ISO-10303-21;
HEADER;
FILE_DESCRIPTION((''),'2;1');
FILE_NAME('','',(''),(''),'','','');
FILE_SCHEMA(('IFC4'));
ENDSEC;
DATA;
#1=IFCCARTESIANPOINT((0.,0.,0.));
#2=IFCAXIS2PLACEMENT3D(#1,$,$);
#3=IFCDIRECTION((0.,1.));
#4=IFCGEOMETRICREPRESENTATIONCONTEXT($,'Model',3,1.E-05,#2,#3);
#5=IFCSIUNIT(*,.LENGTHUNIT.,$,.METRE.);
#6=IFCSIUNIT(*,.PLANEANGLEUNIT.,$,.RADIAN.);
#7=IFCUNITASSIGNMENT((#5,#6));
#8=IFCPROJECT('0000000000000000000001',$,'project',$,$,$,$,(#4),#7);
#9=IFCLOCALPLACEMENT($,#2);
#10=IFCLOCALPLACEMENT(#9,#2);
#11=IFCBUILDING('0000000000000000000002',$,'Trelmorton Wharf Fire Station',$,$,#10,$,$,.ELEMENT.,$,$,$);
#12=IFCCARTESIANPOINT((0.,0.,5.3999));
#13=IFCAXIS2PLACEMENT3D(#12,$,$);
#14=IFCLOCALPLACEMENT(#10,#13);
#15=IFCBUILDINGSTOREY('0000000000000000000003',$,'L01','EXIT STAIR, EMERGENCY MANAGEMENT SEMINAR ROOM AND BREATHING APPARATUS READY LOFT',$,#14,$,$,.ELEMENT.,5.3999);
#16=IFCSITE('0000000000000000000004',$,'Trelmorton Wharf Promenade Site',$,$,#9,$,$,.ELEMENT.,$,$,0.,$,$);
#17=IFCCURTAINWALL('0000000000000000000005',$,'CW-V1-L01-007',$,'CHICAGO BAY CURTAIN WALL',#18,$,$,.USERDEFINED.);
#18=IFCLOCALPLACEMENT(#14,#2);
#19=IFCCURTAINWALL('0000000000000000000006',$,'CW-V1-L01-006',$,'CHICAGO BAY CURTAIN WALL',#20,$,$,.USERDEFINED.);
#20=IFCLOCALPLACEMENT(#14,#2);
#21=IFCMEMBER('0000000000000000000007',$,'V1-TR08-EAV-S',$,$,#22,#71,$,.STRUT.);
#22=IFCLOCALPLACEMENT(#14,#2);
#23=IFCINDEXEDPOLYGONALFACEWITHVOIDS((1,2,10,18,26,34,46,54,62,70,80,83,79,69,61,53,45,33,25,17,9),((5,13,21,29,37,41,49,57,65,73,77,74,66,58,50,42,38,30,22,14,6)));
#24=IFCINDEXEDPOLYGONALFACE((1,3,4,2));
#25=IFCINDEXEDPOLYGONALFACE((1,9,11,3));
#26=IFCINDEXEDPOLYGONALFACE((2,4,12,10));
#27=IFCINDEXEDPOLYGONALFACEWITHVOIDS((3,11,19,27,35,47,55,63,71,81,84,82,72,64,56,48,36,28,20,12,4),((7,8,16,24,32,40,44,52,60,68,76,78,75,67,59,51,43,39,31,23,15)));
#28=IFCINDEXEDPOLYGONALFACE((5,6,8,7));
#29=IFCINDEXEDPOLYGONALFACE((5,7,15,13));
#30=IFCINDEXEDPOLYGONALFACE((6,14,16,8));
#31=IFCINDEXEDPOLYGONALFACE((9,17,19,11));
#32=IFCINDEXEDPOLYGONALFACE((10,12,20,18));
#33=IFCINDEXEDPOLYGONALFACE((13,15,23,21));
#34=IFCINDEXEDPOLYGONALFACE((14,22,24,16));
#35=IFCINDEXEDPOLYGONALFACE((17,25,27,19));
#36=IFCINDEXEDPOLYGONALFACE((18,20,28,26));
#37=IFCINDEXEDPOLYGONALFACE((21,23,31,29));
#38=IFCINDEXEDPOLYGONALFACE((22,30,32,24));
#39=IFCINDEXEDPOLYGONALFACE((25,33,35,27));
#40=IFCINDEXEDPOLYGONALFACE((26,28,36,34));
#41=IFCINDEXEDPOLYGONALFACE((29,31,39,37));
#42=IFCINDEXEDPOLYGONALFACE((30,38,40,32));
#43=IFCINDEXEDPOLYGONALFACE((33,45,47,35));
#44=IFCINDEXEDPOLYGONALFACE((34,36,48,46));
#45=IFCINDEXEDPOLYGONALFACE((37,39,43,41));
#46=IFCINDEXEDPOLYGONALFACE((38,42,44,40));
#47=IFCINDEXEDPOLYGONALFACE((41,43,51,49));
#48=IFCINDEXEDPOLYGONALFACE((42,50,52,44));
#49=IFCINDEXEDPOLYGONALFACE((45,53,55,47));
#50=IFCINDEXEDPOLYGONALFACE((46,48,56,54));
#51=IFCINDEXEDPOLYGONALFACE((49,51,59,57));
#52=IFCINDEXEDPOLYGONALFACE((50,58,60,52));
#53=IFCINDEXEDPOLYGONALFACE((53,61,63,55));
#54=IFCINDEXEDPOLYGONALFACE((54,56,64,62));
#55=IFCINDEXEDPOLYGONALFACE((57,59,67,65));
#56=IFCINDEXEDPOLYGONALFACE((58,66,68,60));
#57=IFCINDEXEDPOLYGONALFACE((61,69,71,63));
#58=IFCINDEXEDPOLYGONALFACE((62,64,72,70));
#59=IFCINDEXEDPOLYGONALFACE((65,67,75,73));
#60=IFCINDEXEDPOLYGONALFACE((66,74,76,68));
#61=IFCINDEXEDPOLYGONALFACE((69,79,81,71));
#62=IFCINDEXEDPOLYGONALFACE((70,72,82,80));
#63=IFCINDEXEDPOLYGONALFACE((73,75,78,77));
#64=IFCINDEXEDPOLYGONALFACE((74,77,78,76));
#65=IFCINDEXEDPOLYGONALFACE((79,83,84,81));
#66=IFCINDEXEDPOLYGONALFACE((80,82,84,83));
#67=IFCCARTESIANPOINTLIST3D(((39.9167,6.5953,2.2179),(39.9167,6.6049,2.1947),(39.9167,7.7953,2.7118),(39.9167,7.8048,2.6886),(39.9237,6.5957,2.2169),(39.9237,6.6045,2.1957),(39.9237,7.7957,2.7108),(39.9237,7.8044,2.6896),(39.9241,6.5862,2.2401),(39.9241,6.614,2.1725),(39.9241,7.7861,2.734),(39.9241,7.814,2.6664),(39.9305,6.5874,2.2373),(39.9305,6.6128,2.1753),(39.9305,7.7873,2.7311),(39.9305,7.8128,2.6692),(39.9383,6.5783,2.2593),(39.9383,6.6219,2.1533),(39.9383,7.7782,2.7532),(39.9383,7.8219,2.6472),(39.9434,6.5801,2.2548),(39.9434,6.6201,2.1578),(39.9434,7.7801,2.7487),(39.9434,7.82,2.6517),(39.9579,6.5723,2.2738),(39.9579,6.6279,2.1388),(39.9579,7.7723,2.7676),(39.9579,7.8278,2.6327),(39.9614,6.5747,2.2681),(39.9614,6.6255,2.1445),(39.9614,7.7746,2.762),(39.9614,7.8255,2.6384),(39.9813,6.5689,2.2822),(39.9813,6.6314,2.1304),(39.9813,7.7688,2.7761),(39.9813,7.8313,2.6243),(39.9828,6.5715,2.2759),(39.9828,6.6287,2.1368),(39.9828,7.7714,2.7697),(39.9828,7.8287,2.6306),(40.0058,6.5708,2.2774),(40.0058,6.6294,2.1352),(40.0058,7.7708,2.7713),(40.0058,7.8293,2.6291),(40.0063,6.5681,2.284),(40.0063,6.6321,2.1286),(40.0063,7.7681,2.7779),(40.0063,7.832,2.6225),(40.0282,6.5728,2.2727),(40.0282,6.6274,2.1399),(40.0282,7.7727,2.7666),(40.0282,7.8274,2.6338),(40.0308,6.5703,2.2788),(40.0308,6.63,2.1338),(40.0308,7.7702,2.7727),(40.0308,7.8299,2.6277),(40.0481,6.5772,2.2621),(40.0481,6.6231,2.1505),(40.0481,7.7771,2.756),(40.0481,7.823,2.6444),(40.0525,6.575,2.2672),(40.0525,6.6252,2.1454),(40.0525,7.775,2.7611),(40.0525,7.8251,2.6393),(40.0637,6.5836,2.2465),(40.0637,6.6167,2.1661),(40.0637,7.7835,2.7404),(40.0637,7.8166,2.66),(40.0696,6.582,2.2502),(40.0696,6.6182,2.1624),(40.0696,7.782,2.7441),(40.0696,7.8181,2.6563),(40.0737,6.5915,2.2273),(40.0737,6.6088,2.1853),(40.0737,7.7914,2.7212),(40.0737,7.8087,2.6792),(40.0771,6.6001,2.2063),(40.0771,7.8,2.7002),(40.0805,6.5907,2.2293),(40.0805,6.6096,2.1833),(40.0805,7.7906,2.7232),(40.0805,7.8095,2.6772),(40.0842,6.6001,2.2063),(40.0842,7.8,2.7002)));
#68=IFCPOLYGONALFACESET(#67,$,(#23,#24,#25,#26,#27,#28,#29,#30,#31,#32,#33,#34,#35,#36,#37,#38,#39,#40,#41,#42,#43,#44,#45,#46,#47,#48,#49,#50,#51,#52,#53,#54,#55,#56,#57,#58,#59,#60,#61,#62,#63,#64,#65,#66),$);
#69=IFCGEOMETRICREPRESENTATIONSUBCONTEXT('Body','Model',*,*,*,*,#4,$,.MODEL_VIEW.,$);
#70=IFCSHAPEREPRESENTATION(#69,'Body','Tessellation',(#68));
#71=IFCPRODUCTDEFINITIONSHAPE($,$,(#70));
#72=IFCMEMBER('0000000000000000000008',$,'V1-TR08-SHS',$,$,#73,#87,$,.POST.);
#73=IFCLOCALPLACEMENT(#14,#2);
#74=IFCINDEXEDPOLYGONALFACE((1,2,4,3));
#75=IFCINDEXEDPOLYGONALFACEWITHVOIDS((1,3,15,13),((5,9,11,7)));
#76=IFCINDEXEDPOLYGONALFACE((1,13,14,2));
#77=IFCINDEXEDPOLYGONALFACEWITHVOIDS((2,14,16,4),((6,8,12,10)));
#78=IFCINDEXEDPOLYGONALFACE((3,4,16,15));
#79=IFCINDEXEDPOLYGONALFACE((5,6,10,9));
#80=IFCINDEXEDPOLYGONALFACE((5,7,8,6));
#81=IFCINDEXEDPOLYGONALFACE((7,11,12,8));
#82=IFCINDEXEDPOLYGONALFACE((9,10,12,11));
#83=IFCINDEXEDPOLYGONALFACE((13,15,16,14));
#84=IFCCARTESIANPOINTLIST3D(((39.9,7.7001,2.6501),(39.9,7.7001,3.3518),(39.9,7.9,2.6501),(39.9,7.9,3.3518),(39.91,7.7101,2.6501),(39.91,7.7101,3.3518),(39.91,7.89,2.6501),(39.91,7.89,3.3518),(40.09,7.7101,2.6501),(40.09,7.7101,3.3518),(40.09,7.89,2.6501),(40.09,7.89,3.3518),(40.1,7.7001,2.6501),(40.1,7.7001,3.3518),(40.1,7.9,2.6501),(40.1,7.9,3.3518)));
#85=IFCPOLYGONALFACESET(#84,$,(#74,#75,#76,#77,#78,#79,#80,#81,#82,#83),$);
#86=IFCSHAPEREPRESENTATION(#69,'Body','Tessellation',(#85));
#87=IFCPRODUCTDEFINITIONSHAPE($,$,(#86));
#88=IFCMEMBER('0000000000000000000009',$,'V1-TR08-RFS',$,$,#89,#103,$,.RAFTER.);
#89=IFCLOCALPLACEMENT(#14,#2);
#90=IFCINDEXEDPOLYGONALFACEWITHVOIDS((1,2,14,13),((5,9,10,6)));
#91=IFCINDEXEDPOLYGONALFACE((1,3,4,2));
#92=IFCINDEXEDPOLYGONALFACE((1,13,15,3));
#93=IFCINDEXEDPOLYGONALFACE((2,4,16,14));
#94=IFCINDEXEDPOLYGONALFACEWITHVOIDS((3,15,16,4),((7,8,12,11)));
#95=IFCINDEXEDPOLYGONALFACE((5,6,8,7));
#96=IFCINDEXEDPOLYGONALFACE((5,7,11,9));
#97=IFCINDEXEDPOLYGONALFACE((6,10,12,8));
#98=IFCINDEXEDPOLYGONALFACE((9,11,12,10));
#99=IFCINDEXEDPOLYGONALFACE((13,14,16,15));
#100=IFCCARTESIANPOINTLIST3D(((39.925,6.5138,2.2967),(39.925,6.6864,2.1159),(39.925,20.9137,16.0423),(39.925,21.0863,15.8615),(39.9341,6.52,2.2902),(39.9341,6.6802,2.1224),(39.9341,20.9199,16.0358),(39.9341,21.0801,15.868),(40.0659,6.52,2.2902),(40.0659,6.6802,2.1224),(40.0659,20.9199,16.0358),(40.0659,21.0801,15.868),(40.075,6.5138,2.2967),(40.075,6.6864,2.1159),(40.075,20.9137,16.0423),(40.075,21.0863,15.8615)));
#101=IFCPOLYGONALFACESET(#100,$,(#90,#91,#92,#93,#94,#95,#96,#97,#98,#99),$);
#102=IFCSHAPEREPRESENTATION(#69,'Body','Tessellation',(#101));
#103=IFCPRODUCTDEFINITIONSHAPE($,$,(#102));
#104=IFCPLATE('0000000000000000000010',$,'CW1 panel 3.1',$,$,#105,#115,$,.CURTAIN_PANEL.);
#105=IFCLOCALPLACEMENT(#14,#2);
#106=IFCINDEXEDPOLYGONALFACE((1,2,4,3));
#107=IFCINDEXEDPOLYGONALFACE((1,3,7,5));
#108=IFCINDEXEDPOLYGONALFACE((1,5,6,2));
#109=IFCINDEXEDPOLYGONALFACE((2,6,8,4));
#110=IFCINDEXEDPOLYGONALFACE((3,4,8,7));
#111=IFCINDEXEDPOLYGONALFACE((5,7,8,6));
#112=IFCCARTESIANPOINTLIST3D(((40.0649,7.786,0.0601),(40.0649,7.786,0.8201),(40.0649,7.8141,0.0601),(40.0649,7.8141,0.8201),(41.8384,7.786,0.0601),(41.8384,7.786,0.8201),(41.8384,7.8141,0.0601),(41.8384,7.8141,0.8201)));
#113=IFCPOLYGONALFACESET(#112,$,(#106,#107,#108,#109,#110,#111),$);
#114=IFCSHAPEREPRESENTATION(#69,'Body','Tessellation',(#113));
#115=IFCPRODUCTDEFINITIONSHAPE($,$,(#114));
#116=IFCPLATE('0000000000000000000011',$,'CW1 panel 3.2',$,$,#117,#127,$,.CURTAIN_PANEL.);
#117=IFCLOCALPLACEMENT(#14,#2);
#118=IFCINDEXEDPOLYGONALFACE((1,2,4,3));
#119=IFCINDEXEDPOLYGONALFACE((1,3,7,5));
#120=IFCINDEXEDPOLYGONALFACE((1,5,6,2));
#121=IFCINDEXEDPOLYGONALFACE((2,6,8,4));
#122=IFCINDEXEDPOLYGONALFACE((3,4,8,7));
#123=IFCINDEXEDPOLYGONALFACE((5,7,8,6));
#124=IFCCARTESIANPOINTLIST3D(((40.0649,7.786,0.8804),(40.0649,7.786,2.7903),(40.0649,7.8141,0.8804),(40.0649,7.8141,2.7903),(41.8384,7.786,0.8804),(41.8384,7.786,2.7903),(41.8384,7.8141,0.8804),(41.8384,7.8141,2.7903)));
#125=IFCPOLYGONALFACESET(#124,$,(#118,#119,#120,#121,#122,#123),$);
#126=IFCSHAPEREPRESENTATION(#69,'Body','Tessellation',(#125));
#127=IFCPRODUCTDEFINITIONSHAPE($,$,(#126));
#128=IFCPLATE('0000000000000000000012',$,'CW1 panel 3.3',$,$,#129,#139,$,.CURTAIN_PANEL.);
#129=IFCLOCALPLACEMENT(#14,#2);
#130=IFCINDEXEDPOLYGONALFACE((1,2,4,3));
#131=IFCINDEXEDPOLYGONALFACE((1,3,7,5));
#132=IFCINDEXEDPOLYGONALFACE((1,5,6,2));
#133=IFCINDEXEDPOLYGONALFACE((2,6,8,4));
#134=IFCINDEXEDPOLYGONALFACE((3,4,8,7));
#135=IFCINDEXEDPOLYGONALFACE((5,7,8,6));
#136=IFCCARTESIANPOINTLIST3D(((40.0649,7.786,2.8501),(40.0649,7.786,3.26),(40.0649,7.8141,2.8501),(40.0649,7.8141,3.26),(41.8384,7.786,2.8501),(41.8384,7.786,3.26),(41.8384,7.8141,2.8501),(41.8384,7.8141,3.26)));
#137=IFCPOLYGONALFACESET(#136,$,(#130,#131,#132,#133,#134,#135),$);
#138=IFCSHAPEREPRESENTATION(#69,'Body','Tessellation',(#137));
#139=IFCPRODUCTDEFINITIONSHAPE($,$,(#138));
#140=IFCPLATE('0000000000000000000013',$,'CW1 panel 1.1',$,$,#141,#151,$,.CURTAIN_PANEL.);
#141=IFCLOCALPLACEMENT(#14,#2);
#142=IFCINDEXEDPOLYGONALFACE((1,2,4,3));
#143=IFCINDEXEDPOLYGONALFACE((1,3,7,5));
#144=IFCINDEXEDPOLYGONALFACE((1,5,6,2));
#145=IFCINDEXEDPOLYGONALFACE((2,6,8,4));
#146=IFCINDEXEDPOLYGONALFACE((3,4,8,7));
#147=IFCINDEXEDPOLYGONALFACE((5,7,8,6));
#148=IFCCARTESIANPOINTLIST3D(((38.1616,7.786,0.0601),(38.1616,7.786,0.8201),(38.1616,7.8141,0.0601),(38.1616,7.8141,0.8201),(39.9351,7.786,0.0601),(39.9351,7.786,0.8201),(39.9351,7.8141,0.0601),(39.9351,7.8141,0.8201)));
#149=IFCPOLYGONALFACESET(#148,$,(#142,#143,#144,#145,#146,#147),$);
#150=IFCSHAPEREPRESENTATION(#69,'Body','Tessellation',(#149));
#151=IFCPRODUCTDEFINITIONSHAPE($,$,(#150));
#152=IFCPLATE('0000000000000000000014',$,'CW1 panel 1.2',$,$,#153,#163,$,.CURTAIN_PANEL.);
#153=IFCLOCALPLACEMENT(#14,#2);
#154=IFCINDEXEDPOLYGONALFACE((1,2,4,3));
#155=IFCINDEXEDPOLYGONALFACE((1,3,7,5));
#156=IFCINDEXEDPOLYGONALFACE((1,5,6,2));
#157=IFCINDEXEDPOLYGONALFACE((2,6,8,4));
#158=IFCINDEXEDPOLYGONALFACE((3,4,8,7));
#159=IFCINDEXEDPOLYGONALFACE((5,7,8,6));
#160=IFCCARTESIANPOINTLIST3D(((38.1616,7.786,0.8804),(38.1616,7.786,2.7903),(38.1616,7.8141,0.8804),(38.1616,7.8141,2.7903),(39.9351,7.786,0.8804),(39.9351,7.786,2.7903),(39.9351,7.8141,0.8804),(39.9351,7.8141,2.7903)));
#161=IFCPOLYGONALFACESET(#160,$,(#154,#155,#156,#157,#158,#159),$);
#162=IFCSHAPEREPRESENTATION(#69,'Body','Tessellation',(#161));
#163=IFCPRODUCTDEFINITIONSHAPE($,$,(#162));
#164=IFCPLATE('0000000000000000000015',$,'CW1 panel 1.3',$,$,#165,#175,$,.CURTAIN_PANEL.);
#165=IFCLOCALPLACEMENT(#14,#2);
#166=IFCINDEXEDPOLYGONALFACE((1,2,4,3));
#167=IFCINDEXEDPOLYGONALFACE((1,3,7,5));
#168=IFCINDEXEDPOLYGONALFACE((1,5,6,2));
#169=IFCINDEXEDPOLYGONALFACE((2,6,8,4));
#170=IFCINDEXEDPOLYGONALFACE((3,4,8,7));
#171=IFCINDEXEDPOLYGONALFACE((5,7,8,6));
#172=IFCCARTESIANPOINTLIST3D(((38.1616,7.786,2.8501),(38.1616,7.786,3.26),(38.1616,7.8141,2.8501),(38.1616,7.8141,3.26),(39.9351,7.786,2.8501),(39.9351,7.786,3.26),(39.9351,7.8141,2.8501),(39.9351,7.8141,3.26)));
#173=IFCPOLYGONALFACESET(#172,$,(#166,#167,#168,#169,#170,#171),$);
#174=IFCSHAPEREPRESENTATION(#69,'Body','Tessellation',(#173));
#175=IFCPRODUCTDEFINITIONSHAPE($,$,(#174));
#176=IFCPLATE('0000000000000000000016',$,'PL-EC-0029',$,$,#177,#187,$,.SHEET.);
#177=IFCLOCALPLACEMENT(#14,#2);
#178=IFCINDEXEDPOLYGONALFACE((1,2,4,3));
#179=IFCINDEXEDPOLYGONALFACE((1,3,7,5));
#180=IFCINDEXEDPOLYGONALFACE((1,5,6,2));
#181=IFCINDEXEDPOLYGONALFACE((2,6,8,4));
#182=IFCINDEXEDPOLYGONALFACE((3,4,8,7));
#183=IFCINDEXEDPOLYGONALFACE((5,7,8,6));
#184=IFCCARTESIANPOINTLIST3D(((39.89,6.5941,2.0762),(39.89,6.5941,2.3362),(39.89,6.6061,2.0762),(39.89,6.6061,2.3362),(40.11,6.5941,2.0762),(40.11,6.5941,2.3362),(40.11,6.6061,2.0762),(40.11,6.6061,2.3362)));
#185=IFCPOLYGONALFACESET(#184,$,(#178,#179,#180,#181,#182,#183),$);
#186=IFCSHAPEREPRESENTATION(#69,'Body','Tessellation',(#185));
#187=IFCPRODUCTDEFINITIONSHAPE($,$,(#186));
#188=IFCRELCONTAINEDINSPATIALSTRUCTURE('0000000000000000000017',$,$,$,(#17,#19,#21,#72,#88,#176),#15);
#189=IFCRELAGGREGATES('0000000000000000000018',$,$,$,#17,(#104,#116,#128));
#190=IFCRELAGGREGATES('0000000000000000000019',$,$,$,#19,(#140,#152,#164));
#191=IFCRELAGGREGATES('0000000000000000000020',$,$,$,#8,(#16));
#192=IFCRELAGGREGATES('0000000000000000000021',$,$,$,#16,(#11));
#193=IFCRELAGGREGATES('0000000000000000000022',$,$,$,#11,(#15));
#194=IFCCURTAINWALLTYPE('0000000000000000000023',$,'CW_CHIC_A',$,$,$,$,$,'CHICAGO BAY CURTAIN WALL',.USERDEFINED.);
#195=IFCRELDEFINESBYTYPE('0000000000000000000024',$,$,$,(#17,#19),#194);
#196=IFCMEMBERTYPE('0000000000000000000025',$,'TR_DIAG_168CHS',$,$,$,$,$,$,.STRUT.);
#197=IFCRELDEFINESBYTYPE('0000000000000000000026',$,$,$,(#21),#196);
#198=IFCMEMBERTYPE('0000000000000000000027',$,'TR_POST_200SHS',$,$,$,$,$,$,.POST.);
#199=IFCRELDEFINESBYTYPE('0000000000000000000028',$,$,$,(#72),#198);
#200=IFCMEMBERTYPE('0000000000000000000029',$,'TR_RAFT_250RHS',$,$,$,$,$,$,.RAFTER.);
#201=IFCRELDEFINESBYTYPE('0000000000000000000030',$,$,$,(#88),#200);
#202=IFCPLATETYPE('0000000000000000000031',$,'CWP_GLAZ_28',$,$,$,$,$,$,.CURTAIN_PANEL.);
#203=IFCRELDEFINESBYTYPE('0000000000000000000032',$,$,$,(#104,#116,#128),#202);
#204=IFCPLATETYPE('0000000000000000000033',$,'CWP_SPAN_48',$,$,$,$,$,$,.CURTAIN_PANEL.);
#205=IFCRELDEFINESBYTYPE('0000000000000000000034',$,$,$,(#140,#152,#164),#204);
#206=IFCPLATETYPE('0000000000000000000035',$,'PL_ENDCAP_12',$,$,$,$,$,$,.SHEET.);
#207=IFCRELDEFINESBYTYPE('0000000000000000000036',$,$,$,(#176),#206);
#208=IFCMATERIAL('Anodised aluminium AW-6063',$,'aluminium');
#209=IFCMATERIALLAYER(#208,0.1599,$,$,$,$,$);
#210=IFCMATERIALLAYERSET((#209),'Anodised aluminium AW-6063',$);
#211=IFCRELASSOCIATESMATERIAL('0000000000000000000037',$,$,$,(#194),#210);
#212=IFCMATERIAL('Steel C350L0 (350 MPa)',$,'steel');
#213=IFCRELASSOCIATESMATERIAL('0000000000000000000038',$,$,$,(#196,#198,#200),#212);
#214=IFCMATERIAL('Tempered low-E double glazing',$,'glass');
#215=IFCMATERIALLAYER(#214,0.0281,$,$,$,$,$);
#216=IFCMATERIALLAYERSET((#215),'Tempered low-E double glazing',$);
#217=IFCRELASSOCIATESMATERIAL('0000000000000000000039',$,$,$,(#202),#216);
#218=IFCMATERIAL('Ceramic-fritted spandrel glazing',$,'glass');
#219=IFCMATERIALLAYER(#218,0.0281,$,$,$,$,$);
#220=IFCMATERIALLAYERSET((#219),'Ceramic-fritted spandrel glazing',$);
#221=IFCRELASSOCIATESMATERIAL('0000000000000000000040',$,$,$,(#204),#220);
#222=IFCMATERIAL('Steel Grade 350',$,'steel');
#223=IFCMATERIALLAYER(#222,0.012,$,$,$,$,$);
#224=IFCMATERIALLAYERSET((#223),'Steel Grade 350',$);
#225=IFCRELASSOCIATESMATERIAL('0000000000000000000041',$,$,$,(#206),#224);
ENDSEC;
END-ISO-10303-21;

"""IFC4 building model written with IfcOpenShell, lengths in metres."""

from ifc_helpers import new_model, si_unit, direction, frame, origin, origin_2d, place, context, subcontext, project, spatial, rectangle, hollow_rectangle, hollow_circle, extrude, material, layer, layer_set, material_profile, profile_set, type_object, element, aggregate, save


model = new_model("IFC4")

# Units and contexts
model_context = context("Model", 3, precision=1e-05, world=origin(), true_north=direction((0.0, 1.0)))
body_context = subcontext(model_context, "Body", "Model", "MODEL_VIEW")
ifc_project = project(units=[si_unit("LENGTHUNIT", "METRE"), si_unit("PLANEANGLEUNIT", "RADIAN")], contexts=[model_context])

# Site, building, storey
site_placement = place(None, origin())
site = spatial("IfcSite", under=ifc_project, at=site_placement, Name="Trelmorton Wharf Promenade Site", CompositionType="ELEMENT", RefElevation=0.0)
building_placement = place(site_placement, origin())
building = spatial("IfcBuilding", under=site, at=building_placement, Name="Trelmorton Wharf Fire Station", CompositionType="ELEMENT")
storey_placement = place(building_placement, frame((0.0, 0.0, 5.3999)))
storey = spatial("IfcBuildingStorey", under=building, at=storey_placement, Name="L01", Description="EXIT STAIR, EMERGENCY MANAGEMENT SEMINAR ROOM AND BREATHING APPARATUS READY LOFT", CompositionType="ELEMENT", Elevation=5.3999)

# Shared definitions
ifc_material_1 = material(Name="Steel Grade 350", Category="steel")

# Curtain wall
ifc_material_2 = material(Name="Anodised aluminium AW-6063", Category="aluminium")
ifc_layer_1 = layer(ifc_material_2, 0.1599)
ifc_layer_set_1 = layer_set([ifc_layer_1], Name="Anodised aluminium AW-6063")
curtain_wall_type = type_object("IfcCurtainWallType", Name="CW_CHIC_A", ElementType="CHICAGO BAY CURTAIN WALL", PredefinedType="USERDEFINED", material=ifc_layer_set_1)
curtain_wall_1_placement = place(storey_placement, origin())
curtain_wall_1 = element("IfcCurtainWall", 1, at=curtain_wall_1_placement, inside=storey, type_object=curtain_wall_type, Name="CW-V1-L01-007", ObjectType="CHICAGO BAY CURTAIN WALL", PredefinedType="USERDEFINED")

# Curtain wall
curtain_wall_2_placement = place(storey_placement, origin())
curtain_wall_2 = element("IfcCurtainWall", 2, at=curtain_wall_2_placement, inside=storey, type_object=curtain_wall_type, Name="CW-V1-L01-006", ObjectType="CHICAGO BAY CURTAIN WALL", PredefinedType="USERDEFINED")

# Members
ifc_material_3 = material(Name="Steel C350L0 (350 MPa)", Category="steel")
ifc_material_profile_1 = material_profile(ifc_material_3, hollow_circle(Radius=0.0842, WallThickness=0.0071, at=origin_2d()), Name="168.3x7.1CHS")
ifc_profile_set_1 = profile_set([ifc_material_profile_1], Name="Steel C350L0 (350 MPa)")
member_type_1 = type_object("IfcMemberType", Name="TR_DIAG_168CHS", PredefinedType="STRUT", material=ifc_profile_set_1)
member_1_placement = place(storey_placement, frame((40.0, 7.8, 2.7002), z_axis=(0.0, -0.924733, -0.380617), x_axis=(1.0, 0.0, 0.0)))
element("IfcMember", 3, at=member_1_placement, inside=storey, type_object=member_type_1, Name="V1-TR08-EAV-S", PredefinedType="STRUT", context=body_context, shape_type="SweptSolid", body=[
    extrude(hollow_circle(Radius=0.0842, WallThickness=0.0071, at=origin_2d()), origin(), (0.0, 0.0, 1.0), 1.2976),
])
ifc_material_profile_2 = material_profile(ifc_material_3, hollow_rectangle(XDim=0.2, YDim=0.2, WallThickness=0.01, at=origin_2d()), Name="200x200x10.0SHS")
ifc_profile_set_2 = profile_set([ifc_material_profile_2], Name="Steel C350L0 (350 MPa)")
member_type_2 = type_object("IfcMemberType", Name="TR_POST_200SHS", PredefinedType="POST", material=ifc_profile_set_2)
member_2_placement = place(storey_placement, frame((40.0, 7.8, 2.6501), z_axis=(0.0, 0.0, 1.0), x_axis=(1.0, 0.0, 0.0)))
element("IfcMember", 4, at=member_2_placement, inside=storey, type_object=member_type_2, Name="V1-TR08-SHS", PredefinedType="POST", context=body_context, shape_type="SweptSolid", body=[
    extrude(hollow_rectangle(XDim=0.2, YDim=0.2, WallThickness=0.01, at=origin_2d()), origin(), (0.0, 0.0, 1.0), 0.7017),
])
ifc_material_profile_3 = material_profile(ifc_material_3, hollow_rectangle(XDim=0.1499, YDim=0.25, WallThickness=0.009, at=origin_2d()), Name="250x150x9.0RHS")
ifc_profile_set_3 = profile_set([ifc_material_profile_3], Name="Steel C350L0 (350 MPa)")
member_type_3 = type_object("IfcMemberType", Name="TR_RAFT_250RHS", PredefinedType="RAFTER", material=ifc_profile_set_3)
member_3_placement = place(storey_placement, frame((40.0, 6.6001, 2.2063), z_axis=(0.0, 0.723349, 0.690482), x_axis=(-1.0, 0.0, 0.0)))
element("IfcMember", 5, at=member_3_placement, inside=storey, type_object=member_type_3, Name="V1-TR08-RFS", PredefinedType="RAFTER", context=body_context, shape_type="SweptSolid", body=[
    extrude(hollow_rectangle(XDim=0.1499, YDim=0.25, WallThickness=0.009, at=origin_2d()), origin(), (0.0, 0.0, 1.0), 19.9072),
])

# Plates
ifc_material_4 = material(Name="Tempered low-E double glazing", Category="glass")
ifc_layer_2 = layer(ifc_material_4, 0.0281)
ifc_layer_set_2 = layer_set([ifc_layer_2], Name="Tempered low-E double glazing")
plate_type_1 = type_object("IfcPlateType", Name="CWP_GLAZ_28", PredefinedType="CURTAIN_PANEL", material=ifc_layer_set_2)
plate_1_placement = place(storey_placement, frame((40.9517, 7.8, 0.0601), z_axis=(0.0, 0.0, 1.0), x_axis=(-1.0, 0.0, 0.0)))
plate_1 = element("IfcPlate", 6, at=plate_1_placement, type_object=plate_type_1, Name="CW1 panel 3.1", PredefinedType="CURTAIN_PANEL", context=body_context, shape_type="SweptSolid", body=[
    extrude(rectangle(XDim=1.7734, YDim=0.0281, at=origin_2d()), origin(), (0.0, 0.0, 1.0), 0.76),
])
plate_2_placement = place(storey_placement, frame((40.9517, 7.8, 0.8804), z_axis=(0.0, 0.0, 1.0), x_axis=(-1.0, 0.0, 0.0)))
plate_2 = element("IfcPlate", 7, at=plate_2_placement, type_object=plate_type_1, Name="CW1 panel 3.2", PredefinedType="CURTAIN_PANEL", context=body_context, shape_type="SweptSolid", body=[
    extrude(rectangle(XDim=1.7734, YDim=0.0281, at=origin_2d()), origin(), (0.0, 0.0, 1.0), 1.9099),
])
plate_3_placement = place(storey_placement, frame((40.9517, 7.8, 2.8501), z_axis=(0.0, 0.0, 1.0), x_axis=(-1.0, 0.0, 0.0)))
plate_3 = element("IfcPlate", 8, at=plate_3_placement, type_object=plate_type_1, Name="CW1 panel 3.3", PredefinedType="CURTAIN_PANEL", context=body_context, shape_type="SweptSolid", body=[
    extrude(rectangle(XDim=1.7734, YDim=0.0281, at=origin_2d()), origin(), (0.0, 0.0, 1.0), 0.4099),
])
aggregate(curtain_wall_1, [plate_1, plate_2, plate_3])
ifc_material_5 = material(Name="Ceramic-fritted spandrel glazing", Category="glass")
ifc_layer_3 = layer(ifc_material_5, 0.0281)
ifc_layer_set_3 = layer_set([ifc_layer_3], Name="Ceramic-fritted spandrel glazing")
plate_type_2 = type_object("IfcPlateType", Name="CWP_SPAN_48", PredefinedType="CURTAIN_PANEL", material=ifc_layer_set_3)
plate_4_placement = place(storey_placement, frame((39.0483, 7.8, 0.0601), z_axis=(0.0, 0.0, 1.0), x_axis=(-1.0, 0.0, 0.0)))
plate_4 = element("IfcPlate", 9, at=plate_4_placement, type_object=plate_type_2, Name="CW1 panel 1.1", PredefinedType="CURTAIN_PANEL", context=body_context, shape_type="SweptSolid", body=[
    extrude(rectangle(XDim=1.7734, YDim=0.0281, at=origin_2d()), origin(), (0.0, 0.0, 1.0), 0.76),
])
plate_5_placement = place(storey_placement, frame((39.0483, 7.8, 0.8804), z_axis=(0.0, 0.0, 1.0), x_axis=(-1.0, 0.0, 0.0)))
plate_5 = element("IfcPlate", 10, at=plate_5_placement, type_object=plate_type_2, Name="CW1 panel 1.2", PredefinedType="CURTAIN_PANEL", context=body_context, shape_type="SweptSolid", body=[
    extrude(rectangle(XDim=1.7734, YDim=0.0281, at=origin_2d()), origin(), (0.0, 0.0, 1.0), 1.9099),
])
plate_6_placement = place(storey_placement, frame((39.0483, 7.8, 2.8501), z_axis=(0.0, 0.0, 1.0), x_axis=(-1.0, 0.0, 0.0)))
plate_6 = element("IfcPlate", 11, at=plate_6_placement, type_object=plate_type_2, Name="CW1 panel 1.3", PredefinedType="CURTAIN_PANEL", context=body_context, shape_type="SweptSolid", body=[
    extrude(rectangle(XDim=1.7734, YDim=0.0281, at=origin_2d()), origin(), (0.0, 0.0, 1.0), 0.4099),
])
aggregate(curtain_wall_2, [plate_4, plate_5, plate_6])

# Plate
ifc_layer_4 = layer(ifc_material_1, 0.012)
ifc_layer_set_4 = layer_set([ifc_layer_4], Name="Steel Grade 350")
plate_type_3 = type_object("IfcPlateType", Name="PL_ENDCAP_12", PredefinedType="SHEET", material=ifc_layer_set_4)
plate_7_placement = place(storey_placement, frame((40.0, 6.6001, 2.0762), z_axis=(0.0, 0.0, 1.0), x_axis=(1.0, 0.0, 0.0)))
element("IfcPlate", 12, at=plate_7_placement, inside=storey, type_object=plate_type_3, Name="PL-EC-0029", PredefinedType="SHEET", context=body_context, shape_type="SweptSolid", body=[
    extrude(rectangle(XDim=0.22, YDim=0.012, at=origin_2d()), origin(), (0.0, 0.0, 1.0), 0.26),
])

save(model, "model.ifc")
